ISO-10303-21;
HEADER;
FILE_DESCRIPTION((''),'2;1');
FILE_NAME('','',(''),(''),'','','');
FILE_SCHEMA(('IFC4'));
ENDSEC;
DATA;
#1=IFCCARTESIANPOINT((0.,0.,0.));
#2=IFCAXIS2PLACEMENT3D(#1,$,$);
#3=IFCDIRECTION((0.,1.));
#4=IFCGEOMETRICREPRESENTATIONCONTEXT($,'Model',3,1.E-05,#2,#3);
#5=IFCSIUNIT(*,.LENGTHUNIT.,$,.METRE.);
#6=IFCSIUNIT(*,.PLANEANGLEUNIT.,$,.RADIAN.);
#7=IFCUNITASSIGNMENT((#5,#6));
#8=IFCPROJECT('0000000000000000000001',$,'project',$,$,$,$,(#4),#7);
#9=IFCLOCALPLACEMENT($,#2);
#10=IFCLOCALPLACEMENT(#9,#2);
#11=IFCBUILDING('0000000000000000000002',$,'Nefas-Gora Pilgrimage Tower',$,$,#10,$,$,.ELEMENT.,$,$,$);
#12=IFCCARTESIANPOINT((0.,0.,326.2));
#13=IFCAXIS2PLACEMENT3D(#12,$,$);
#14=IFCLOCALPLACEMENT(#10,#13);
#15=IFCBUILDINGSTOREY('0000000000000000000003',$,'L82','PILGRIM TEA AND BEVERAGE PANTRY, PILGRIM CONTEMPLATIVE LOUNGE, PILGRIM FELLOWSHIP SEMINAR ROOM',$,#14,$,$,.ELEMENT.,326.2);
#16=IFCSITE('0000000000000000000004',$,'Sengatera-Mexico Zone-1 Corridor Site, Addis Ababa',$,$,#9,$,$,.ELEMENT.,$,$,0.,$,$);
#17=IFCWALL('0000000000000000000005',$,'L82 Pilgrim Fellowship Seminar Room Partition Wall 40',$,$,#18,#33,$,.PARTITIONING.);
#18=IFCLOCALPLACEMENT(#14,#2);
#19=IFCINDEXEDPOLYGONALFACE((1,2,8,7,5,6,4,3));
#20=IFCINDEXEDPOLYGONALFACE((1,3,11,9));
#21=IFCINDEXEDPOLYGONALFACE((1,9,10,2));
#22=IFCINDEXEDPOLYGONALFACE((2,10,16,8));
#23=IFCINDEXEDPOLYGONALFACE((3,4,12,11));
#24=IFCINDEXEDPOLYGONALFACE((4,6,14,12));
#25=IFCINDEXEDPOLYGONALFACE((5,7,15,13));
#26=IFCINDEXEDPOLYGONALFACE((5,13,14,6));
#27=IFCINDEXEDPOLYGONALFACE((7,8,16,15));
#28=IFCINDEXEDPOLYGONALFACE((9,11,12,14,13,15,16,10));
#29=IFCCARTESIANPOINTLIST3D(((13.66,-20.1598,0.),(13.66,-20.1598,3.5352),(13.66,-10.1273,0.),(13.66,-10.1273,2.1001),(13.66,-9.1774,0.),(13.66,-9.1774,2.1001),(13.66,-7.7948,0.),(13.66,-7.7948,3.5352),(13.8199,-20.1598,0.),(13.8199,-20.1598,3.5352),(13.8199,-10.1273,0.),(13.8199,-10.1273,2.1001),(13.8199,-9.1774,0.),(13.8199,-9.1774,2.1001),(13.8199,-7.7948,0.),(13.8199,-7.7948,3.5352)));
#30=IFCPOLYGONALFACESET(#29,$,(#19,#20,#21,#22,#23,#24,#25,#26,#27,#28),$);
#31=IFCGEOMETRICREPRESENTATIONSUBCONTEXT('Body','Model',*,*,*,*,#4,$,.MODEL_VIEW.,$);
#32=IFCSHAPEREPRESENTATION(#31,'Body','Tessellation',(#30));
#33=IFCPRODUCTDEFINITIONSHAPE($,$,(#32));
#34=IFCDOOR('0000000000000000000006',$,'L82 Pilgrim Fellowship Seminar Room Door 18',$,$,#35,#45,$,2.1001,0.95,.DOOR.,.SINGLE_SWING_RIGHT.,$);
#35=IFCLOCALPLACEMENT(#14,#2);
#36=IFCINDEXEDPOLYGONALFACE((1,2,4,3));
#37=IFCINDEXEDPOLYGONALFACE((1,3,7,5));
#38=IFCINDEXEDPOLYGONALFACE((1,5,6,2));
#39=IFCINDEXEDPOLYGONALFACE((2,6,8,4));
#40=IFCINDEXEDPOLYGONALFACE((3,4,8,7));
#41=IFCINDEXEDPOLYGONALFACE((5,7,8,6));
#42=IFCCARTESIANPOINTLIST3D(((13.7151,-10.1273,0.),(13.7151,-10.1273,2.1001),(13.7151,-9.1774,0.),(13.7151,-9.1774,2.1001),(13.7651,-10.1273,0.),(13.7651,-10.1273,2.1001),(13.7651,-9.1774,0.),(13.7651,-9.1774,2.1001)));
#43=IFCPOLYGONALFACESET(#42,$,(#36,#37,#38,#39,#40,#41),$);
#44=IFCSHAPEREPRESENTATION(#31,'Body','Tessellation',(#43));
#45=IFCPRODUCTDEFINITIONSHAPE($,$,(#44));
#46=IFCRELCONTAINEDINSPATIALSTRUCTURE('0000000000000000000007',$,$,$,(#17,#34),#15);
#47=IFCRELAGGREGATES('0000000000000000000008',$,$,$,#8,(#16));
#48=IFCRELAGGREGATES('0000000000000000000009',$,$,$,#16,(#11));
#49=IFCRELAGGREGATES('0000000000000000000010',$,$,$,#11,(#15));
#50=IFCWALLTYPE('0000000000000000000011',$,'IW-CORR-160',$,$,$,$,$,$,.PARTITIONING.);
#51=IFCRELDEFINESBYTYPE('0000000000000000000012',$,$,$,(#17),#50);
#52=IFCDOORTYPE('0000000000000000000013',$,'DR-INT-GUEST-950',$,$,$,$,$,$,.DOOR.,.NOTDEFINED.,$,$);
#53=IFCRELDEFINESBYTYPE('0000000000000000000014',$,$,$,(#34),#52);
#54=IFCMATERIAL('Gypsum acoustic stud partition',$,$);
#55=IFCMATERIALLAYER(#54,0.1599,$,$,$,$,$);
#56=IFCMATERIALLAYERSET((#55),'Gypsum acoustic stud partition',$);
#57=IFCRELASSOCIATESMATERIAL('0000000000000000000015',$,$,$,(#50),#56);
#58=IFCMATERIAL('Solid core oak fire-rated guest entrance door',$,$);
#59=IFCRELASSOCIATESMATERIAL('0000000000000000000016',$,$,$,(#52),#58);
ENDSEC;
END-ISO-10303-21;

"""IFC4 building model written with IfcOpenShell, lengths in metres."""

from ifc_helpers import new_model, si_unit, direction, frame, frame_2d, origin, place, context, subcontext, project, spatial, rectangle, extrude, source, transform, mapped, material, layer, layer_set, type_object, element, fill, save


model = new_model("IFC4")

# Units and contexts
model_context = context("Model", 3, precision=1e-05, world=origin(), true_north=direction((0.0, 1.0)))
body_context = subcontext(model_context, "Body", "Model", "MODEL_VIEW")
ifc_project = project(units=[si_unit("LENGTHUNIT", "METRE"), si_unit("PLANEANGLEUNIT", "RADIAN")], contexts=[model_context])

# Site, building, storey
site_placement = place(None, origin())
site = spatial("IfcSite", under=ifc_project, at=site_placement, Name="Sengatera-Mexico Zone-1 Corridor Site, Addis Ababa", CompositionType="ELEMENT", RefElevation=0.0)
building_placement = place(site_placement, origin())
building = spatial("IfcBuilding", under=site, at=building_placement, Name="Nefas-Gora Pilgrimage Tower", CompositionType="ELEMENT")
storey_placement = place(building_placement, frame((0.0, 0.0, 326.2)))
storey = spatial("IfcBuildingStorey", under=building, at=storey_placement, Name="L82", Description="PILGRIM TEA AND BEVERAGE PANTRY, PILGRIM CONTEMPLATIVE LOUNGE, PILGRIM FELLOWSHIP SEMINAR ROOM", CompositionType="ELEMENT", Elevation=326.2)

# Wall, opening, door
ifc_material_1 = material(Name="Gypsum acoustic stud partition")
ifc_layer_1 = layer(ifc_material_1, 0.1599)
ifc_layer_set_1 = layer_set([ifc_layer_1], Name="Gypsum acoustic stud partition")
wall_type_1 = type_object("IfcWallType", Name="IW-CORR-160", PredefinedType="PARTITIONING", material=ifc_layer_set_1)
shared_shape_1 = source(origin(), body_context, "Body", "SweptSolid", [
    extrude(rectangle(XDim=12.365, YDim=0.1599, at=frame_2d((6.1826, 0.0))), origin(), (0.0, 0.0, 1.0), 3.5352),
])
wall_1_placement = place(storey_placement, frame((13.74, -20.1599, 0.0), z_axis=(0.0, 0.0, 1.0), x_axis=(0.0, 1.0, 0.0)))
wall_1 = element("IfcWall", 1, at=wall_1_placement, inside=storey, type_object=wall_type_1, Name="L82 Pilgrim Fellowship Seminar Room Partition Wall 40", PredefinedType="PARTITIONING", context=body_context, shape_type="MappedRepresentation", body=[
    mapped(shared_shape_1, transform((0.0, 0.0, 0.0), x_axis=(1.0, 0.0, 0.0), y_axis=(0.0, 1.0, 0.0), z_axis=(0.0, 0.0, 1.0), scale=1.0)),
])
opening_1_placement = place(wall_1_placement, frame((10.0325, 0.0, 0.0)))
opening_1 = element("IfcOpeningElement", 2, at=opening_1_placement, cuts=wall_1, PredefinedType="OPENING", context=body_context, shape_type="SweptSolid", body=[
    extrude(rectangle(XDim=0.95, YDim=2.1001, at=frame_2d((0.4751, 1.05))), frame((0.0, 0.0898, 0.0), z_axis=(0.0, -1.0, 0.0), x_axis=(1.0, 0.0, 0.0)), (0.0, 0.0, 1.0), 0.1799),
])
ifc_material_2 = material(Name="Solid core oak fire-rated guest entrance door")
door_type = type_object("IfcDoorType", Name="DR-INT-GUEST-950", OperationType="NOTDEFINED", PredefinedType="DOOR", material=ifc_material_2)
shared_shape_2 = source(origin(), body_context, "Body", "SweptSolid", [
    extrude(rectangle(XDim=0.95, YDim=2.1001, at=frame_2d((0.4751, 1.05))), frame((0.0, 0.0249, 0.0), z_axis=(0.0, -1.0, 0.0), x_axis=(1.0, 0.0, 0.0)), (0.0, 0.0, 1.0), 0.05),
])
door_placement = place(opening_1_placement, origin())
door = element("IfcDoor", 3, at=door_placement, inside=storey, type_object=door_type, Name="L82 Pilgrim Fellowship Seminar Room Door 18", OperationType="SINGLE_SWING_RIGHT", OverallHeight=2.1001, OverallWidth=0.95, PredefinedType="DOOR", context=body_context, shape_type="MappedRepresentation", body=[
    mapped(shared_shape_2, transform((0.0, 0.0, 0.0), x_axis=(1.0, 0.0, 0.0), y_axis=(0.0, 1.0, 0.0), z_axis=(0.0, 0.0, 1.0), scale=1.0)),
])
fill(opening_1, door)

save(model, "model.ifc")
